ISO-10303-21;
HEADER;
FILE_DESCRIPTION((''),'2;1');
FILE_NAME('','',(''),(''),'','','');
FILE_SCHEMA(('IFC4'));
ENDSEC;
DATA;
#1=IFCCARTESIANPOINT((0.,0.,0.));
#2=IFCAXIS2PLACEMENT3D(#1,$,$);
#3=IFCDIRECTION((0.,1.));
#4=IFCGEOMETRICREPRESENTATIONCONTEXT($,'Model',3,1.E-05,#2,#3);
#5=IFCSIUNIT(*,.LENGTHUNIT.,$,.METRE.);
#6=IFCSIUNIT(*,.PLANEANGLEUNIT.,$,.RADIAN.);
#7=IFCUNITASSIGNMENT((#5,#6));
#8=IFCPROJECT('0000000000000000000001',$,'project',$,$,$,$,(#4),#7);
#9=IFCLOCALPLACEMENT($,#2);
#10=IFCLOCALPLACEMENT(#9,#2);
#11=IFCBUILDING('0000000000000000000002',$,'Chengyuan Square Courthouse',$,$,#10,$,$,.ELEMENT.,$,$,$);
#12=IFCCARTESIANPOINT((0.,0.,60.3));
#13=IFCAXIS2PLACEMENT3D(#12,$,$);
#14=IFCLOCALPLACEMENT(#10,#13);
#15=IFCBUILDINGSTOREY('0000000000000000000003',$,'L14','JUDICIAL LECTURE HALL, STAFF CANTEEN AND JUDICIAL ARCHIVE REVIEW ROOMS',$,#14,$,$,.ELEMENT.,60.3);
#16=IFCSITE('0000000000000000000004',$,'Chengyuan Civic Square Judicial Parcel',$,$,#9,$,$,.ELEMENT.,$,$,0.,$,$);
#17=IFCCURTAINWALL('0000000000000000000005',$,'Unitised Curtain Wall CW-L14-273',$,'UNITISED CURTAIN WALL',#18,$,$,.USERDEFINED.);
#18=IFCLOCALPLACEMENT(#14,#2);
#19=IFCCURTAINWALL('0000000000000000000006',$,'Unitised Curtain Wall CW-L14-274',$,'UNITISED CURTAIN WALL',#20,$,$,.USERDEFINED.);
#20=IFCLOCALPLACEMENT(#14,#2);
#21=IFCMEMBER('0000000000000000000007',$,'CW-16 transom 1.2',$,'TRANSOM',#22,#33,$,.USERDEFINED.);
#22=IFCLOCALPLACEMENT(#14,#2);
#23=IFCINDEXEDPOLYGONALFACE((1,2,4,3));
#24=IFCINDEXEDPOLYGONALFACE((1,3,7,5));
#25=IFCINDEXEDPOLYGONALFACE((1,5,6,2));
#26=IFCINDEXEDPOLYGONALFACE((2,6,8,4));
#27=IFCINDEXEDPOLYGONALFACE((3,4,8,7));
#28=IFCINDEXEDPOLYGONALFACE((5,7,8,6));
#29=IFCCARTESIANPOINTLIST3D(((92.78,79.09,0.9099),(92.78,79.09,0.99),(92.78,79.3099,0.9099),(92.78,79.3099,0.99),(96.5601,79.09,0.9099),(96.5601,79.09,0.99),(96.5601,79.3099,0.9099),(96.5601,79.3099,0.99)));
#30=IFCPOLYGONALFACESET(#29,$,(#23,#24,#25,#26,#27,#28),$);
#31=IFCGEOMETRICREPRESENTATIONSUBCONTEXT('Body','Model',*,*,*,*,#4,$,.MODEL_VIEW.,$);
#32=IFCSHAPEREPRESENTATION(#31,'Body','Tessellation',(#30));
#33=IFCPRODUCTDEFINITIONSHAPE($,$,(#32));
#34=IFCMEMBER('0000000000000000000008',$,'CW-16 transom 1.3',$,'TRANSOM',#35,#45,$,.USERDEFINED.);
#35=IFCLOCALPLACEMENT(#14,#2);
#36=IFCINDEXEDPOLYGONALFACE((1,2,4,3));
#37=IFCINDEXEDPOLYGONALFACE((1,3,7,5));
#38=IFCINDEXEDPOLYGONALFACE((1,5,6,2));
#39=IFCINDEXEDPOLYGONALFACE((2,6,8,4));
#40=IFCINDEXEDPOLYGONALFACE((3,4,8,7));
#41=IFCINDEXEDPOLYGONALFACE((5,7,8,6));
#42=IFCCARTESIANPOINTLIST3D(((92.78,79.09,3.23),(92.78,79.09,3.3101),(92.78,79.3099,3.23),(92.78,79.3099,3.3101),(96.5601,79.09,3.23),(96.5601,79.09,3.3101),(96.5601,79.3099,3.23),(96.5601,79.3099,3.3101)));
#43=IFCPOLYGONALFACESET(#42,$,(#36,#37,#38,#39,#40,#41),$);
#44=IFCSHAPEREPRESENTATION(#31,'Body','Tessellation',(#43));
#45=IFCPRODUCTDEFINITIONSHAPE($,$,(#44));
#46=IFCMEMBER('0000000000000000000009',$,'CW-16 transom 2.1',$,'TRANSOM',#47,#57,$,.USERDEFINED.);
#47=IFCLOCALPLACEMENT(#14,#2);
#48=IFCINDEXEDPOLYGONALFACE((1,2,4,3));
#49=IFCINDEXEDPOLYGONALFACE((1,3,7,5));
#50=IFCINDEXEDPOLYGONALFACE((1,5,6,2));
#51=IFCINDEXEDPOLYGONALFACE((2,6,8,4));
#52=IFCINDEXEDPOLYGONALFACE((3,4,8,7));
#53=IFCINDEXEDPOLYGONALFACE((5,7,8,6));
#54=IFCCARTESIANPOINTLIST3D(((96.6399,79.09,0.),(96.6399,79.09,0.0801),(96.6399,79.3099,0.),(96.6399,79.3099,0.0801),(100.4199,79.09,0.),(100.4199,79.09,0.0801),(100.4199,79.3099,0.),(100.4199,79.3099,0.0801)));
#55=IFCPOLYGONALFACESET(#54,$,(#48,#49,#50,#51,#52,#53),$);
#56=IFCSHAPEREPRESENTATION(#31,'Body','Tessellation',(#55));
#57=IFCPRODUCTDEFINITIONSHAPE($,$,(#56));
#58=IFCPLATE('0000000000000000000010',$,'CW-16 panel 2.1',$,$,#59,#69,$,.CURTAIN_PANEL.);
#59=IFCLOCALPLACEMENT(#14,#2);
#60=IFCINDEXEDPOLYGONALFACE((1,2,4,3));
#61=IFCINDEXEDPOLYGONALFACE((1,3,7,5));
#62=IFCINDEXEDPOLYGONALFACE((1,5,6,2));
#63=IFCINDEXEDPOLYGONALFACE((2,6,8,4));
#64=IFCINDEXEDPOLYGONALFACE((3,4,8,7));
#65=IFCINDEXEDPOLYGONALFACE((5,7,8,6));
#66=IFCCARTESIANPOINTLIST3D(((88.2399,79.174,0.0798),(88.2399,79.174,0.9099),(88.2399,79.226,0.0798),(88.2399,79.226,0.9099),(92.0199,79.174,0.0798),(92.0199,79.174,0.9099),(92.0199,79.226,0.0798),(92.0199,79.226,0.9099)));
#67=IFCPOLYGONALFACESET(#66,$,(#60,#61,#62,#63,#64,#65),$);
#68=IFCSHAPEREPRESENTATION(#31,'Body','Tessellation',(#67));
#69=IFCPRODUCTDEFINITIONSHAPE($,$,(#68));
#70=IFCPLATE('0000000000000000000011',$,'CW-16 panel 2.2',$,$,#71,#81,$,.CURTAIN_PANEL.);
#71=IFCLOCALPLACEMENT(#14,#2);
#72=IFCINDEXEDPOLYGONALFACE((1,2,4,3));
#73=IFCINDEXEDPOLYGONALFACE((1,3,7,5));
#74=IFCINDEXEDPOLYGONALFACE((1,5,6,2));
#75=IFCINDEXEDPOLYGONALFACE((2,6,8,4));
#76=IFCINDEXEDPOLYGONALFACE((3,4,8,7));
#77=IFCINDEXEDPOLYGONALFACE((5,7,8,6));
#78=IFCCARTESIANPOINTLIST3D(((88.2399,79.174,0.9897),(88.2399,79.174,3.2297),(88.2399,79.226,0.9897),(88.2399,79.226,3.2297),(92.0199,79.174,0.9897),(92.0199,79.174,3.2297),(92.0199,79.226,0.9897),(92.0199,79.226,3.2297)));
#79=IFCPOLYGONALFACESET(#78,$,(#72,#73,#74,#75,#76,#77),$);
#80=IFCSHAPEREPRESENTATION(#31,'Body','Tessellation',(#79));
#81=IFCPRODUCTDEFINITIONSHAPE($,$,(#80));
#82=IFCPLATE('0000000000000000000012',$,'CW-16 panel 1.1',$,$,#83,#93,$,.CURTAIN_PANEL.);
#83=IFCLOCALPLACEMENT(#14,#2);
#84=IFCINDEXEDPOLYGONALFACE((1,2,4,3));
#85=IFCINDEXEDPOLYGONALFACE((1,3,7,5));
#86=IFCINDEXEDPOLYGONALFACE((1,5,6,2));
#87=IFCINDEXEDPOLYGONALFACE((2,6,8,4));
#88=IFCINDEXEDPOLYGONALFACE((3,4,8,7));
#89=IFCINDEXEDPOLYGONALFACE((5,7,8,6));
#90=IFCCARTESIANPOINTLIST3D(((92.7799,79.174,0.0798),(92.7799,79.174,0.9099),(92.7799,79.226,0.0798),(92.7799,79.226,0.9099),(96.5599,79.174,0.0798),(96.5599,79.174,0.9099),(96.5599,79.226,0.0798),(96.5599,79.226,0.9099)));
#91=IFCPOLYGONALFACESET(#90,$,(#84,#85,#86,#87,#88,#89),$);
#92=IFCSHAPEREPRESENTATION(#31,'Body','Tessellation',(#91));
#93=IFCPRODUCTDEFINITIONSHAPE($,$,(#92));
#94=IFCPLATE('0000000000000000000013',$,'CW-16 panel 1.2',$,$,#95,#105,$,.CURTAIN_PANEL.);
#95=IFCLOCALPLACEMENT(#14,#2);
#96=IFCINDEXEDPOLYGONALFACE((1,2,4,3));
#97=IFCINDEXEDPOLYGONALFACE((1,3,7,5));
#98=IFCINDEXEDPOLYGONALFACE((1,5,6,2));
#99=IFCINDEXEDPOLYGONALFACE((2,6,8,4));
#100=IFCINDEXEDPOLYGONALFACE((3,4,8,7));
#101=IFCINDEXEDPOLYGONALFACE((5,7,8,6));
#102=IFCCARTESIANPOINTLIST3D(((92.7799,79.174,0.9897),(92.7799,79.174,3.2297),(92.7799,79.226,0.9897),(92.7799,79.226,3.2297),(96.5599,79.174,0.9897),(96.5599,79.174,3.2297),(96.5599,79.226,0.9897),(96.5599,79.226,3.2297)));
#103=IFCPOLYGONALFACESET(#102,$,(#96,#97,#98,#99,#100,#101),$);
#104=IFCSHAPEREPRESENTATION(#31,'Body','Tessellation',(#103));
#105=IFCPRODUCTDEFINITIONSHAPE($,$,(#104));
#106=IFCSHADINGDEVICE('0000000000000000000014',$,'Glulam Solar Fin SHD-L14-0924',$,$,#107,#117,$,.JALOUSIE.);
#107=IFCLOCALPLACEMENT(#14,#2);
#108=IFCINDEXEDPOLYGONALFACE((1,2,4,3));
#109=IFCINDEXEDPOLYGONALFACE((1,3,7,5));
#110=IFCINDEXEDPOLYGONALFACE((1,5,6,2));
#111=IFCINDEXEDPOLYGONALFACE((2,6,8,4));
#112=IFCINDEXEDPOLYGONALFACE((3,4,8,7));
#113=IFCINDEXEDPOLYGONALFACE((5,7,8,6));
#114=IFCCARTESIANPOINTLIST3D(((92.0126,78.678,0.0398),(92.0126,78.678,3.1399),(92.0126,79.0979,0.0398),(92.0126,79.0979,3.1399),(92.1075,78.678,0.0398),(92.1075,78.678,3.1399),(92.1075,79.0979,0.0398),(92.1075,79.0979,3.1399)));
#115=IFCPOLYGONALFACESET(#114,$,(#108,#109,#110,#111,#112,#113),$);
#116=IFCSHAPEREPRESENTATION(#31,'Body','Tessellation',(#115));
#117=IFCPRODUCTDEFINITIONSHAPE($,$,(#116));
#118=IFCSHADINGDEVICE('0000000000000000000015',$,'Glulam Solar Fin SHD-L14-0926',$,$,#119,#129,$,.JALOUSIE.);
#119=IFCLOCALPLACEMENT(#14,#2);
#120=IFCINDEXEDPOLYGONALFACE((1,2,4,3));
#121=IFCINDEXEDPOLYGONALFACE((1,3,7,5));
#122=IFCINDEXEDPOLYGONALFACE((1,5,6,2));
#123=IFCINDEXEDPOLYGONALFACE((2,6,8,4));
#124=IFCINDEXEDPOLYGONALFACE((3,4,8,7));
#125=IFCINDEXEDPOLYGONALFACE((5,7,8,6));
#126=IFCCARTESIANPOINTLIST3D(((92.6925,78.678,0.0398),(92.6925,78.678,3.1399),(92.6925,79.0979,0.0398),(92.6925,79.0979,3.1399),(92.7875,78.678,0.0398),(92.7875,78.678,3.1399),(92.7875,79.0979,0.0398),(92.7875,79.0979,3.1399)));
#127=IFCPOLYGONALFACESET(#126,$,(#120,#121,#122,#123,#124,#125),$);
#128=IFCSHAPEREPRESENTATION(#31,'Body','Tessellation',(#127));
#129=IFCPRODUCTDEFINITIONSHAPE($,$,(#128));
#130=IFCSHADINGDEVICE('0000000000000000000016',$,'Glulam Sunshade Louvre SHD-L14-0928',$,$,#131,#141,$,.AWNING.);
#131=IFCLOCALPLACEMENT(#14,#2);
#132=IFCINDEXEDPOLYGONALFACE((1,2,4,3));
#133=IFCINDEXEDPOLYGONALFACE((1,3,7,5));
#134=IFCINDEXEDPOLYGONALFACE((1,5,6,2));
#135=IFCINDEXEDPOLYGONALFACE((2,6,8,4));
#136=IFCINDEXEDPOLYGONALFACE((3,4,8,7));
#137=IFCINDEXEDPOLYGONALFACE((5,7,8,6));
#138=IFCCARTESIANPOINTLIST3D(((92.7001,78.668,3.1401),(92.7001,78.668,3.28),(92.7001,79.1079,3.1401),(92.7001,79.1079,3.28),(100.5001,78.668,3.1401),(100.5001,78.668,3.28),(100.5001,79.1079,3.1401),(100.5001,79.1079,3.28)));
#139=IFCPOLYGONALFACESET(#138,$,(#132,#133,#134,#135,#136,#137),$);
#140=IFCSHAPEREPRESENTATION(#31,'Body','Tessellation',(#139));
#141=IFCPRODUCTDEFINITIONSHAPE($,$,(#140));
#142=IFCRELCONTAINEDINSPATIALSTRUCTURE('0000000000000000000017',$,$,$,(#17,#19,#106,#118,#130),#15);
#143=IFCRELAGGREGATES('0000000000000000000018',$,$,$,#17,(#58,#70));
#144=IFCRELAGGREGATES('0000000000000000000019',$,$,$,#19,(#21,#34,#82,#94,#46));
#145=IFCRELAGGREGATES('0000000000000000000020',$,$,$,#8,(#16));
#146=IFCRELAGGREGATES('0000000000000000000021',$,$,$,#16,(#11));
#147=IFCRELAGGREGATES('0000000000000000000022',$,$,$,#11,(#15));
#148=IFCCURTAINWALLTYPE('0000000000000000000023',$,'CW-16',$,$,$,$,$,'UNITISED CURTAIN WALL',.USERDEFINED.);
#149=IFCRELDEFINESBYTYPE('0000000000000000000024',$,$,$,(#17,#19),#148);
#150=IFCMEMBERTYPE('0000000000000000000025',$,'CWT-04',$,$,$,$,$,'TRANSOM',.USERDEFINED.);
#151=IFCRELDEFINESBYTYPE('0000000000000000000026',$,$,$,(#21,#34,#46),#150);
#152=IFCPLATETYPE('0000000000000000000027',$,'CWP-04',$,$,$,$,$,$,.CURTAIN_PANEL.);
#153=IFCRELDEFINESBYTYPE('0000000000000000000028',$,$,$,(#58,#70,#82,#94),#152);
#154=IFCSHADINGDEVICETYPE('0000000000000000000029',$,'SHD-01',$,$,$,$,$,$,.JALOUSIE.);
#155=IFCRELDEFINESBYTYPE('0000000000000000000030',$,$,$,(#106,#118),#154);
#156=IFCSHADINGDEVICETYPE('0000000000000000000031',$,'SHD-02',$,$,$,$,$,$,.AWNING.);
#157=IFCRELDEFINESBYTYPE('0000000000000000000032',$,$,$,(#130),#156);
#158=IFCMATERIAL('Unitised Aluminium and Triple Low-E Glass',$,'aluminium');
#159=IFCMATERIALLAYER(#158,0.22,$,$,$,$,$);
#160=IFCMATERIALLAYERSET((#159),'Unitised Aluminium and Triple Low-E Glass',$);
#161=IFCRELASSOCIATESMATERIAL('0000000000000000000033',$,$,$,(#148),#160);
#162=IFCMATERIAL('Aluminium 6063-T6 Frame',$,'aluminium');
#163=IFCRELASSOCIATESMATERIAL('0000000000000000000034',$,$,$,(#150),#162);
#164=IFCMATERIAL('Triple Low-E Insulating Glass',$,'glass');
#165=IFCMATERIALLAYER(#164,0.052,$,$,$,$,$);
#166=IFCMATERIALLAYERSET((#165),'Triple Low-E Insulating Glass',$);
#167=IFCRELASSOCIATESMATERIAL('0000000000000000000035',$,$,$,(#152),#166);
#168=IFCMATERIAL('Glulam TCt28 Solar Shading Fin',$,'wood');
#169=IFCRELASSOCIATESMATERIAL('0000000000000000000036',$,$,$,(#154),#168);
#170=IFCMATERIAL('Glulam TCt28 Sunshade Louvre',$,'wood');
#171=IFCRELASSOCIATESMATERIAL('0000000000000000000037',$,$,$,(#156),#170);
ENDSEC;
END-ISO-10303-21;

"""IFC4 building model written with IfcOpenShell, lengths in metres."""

from ifc_helpers import new_model, si_unit, direction, frame, origin, origin_2d, place, context, subcontext, project, spatial, rectangle, extrude, material, layer, layer_set, material_profile, profile_set, type_object, element, aggregate, save


model = new_model("IFC4")

# Units and contexts
model_context = context("Model", 3, precision=1e-05, world=origin(), true_north=direction((0.0, 1.0)))
body_context = subcontext(model_context, "Body", "Model", "MODEL_VIEW")
ifc_project = project(units=[si_unit("LENGTHUNIT", "METRE"), si_unit("PLANEANGLEUNIT", "RADIAN")], contexts=[model_context])

# Site, building, storey
site_placement = place(None, origin())
site = spatial("IfcSite", under=ifc_project, at=site_placement, Name="Chengyuan Civic Square Judicial Parcel", CompositionType="ELEMENT", RefElevation=0.0)
building_placement = place(site_placement, origin())
building = spatial("IfcBuilding", under=site, at=building_placement, Name="Chengyuan Square Courthouse", CompositionType="ELEMENT")
storey_placement = place(building_placement, frame((0.0, 0.0, 60.3)))
storey = spatial("IfcBuildingStorey", under=building, at=storey_placement, Name="L14", Description="JUDICIAL LECTURE HALL, STAFF CANTEEN AND JUDICIAL ARCHIVE REVIEW ROOMS", CompositionType="ELEMENT", Elevation=60.3)

# Curtain wall
ifc_material_1 = material(Name="Unitised Aluminium and Triple Low-E Glass", Category="aluminium")
ifc_layer_1 = layer(ifc_material_1, 0.22)
ifc_layer_set_1 = layer_set([ifc_layer_1], Name="Unitised Aluminium and Triple Low-E Glass")
curtain_wall_type = type_object("IfcCurtainWallType", Name="CW-16", ElementType="UNITISED CURTAIN WALL", PredefinedType="USERDEFINED", material=ifc_layer_set_1)
curtain_wall_1_placement = place(storey_placement, origin())
curtain_wall_1 = element("IfcCurtainWall", 1, at=curtain_wall_1_placement, inside=storey, type_object=curtain_wall_type, Name="Unitised Curtain Wall CW-L14-273", ObjectType="UNITISED CURTAIN WALL", PredefinedType="USERDEFINED")
ifc_material_2 = material(Name="Aluminium 6063-T6 Frame", Category="aluminium")

# Curtain wall
curtain_wall_2_placement = place(storey_placement, origin())
curtain_wall_2 = element("IfcCurtainWall", 2, at=curtain_wall_2_placement, inside=storey, type_object=curtain_wall_type, Name="Unitised Curtain Wall CW-L14-274", ObjectType="UNITISED CURTAIN WALL", PredefinedType="USERDEFINED")

# Members
ifc_material_profile_1 = material_profile(ifc_material_2, rectangle(XDim=0.22, YDim=0.0801, at=origin_2d()), Name="CW-TRN-80x180")
ifc_profile_set_1 = profile_set([ifc_material_profile_1], Name="Aluminium 6063-T6 Frame")
member_type_1 = type_object("IfcMemberType", Name="CWT-04", ElementType="TRANSOM", PredefinedType="USERDEFINED", material=ifc_profile_set_1)
member_1_placement = place(storey_placement, frame((92.78, 79.2, 0.95), z_axis=(1.0, 0.0, 0.0), x_axis=(0.0, 1.0, 0.0)))
member_1 = element("IfcMember", 3, at=member_1_placement, type_object=member_type_1, Name="CW-16 transom 1.2", ObjectType="TRANSOM", PredefinedType="USERDEFINED", context=body_context, shape_type="SweptSolid", body=[
    extrude(rectangle(XDim=0.22, YDim=0.0801, at=origin_2d()), origin(), (0.0, 0.0, 1.0), 3.78),
])
member_2_placement = place(storey_placement, frame((92.78, 79.2, 3.27), z_axis=(1.0, 0.0, 0.0), x_axis=(0.0, 1.0, 0.0)))
member_2 = element("IfcMember", 4, at=member_2_placement, type_object=member_type_1, Name="CW-16 transom 1.3", ObjectType="TRANSOM", PredefinedType="USERDEFINED", context=body_context, shape_type="SweptSolid", body=[
    extrude(rectangle(XDim=0.22, YDim=0.0801, at=origin_2d()), origin(), (0.0, 0.0, 1.0), 3.78),
])
member_3_placement = place(storey_placement, frame((96.6399, 79.2, 0.04), z_axis=(1.0, 0.0, 0.0), x_axis=(0.0, 1.0, 0.0)))
member_3 = element("IfcMember", 5, at=member_3_placement, type_object=member_type_1, Name="CW-16 transom 2.1", ObjectType="TRANSOM", PredefinedType="USERDEFINED", context=body_context, shape_type="SweptSolid", body=[
    extrude(rectangle(XDim=0.22, YDim=0.0801, at=origin_2d()), origin(), (0.0, 0.0, 1.0), 3.78),
])

# Plates
ifc_material_3 = material(Name="Triple Low-E Insulating Glass", Category="glass")
ifc_layer_2 = layer(ifc_material_3, 0.052)
ifc_layer_set_2 = layer_set([ifc_layer_2], Name="Triple Low-E Insulating Glass")
plate_type = type_object("IfcPlateType", Name="CWP-04", PredefinedType="CURTAIN_PANEL", material=ifc_layer_set_2)
plate_1_placement = place(storey_placement, frame((90.1299, 79.2, 0.0798), z_axis=(0.0, 0.0, 1.0), x_axis=(1.0, 0.0, 0.0)))
plate_1 = element("IfcPlate", 6, at=plate_1_placement, type_object=plate_type, Name="CW-16 panel 2.1", PredefinedType="CURTAIN_PANEL", context=body_context, shape_type="SweptSolid", body=[
    extrude(rectangle(XDim=3.78, YDim=0.052, at=origin_2d()), origin(), (0.0, 0.0, 1.0), 0.8301),
])
plate_2_placement = place(storey_placement, frame((90.1299, 79.2, 0.9897), z_axis=(0.0, 0.0, 1.0), x_axis=(1.0, 0.0, 0.0)))
plate_2 = element("IfcPlate", 7, at=plate_2_placement, type_object=plate_type, Name="CW-16 panel 2.2", PredefinedType="CURTAIN_PANEL", context=body_context, shape_type="SweptSolid", body=[
    extrude(rectangle(XDim=3.78, YDim=0.052, at=origin_2d()), origin(), (0.0, 0.0, 1.0), 2.24),
])
aggregate(curtain_wall_1, [plate_1, plate_2])
plate_3_placement = place(storey_placement, frame((94.6699, 79.2, 0.0798), z_axis=(0.0, 0.0, 1.0), x_axis=(1.0, 0.0, 0.0)))
plate_3 = element("IfcPlate", 8, at=plate_3_placement, type_object=plate_type, Name="CW-16 panel 1.1", PredefinedType="CURTAIN_PANEL", context=body_context, shape_type="SweptSolid", body=[
    extrude(rectangle(XDim=3.78, YDim=0.052, at=origin_2d()), origin(), (0.0, 0.0, 1.0), 0.8301),
])
plate_4_placement = place(storey_placement, frame((94.6699, 79.2, 0.9897), z_axis=(0.0, 0.0, 1.0), x_axis=(1.0, 0.0, 0.0)))
plate_4 = element("IfcPlate", 9, at=plate_4_placement, type_object=plate_type, Name="CW-16 panel 1.2", PredefinedType="CURTAIN_PANEL", context=body_context, shape_type="SweptSolid", body=[
    extrude(rectangle(XDim=3.78, YDim=0.052, at=origin_2d()), origin(), (0.0, 0.0, 1.0), 2.24),
])
aggregate(curtain_wall_2, [member_1, member_2, plate_3, plate_4, member_3])

# Shading devices
ifc_material_4 = material(Name="Glulam TCt28 Solar Shading Fin", Category="wood")
shading_device_type_1 = type_object("IfcShadingDeviceType", Name="SHD-01", PredefinedType="JALOUSIE", material=ifc_material_4)
for number, where, z_axis, x_axis, name in (
    (10, (92.0601, 78.8879, 0.0398), (0.0, 0.0, 1.0), (0.0, 1.0, 0.0), "Glulam Solar Fin SHD-L14-0924"),
    (11, (92.74, 78.8879, 0.0398), (0.0, 0.0, 1.0), (0.0, 1.0, 0.0), "Glulam Solar Fin SHD-L14-0926"),
):
    element("IfcShadingDevice", number, at=place(storey_placement, frame(where, z_axis=z_axis, x_axis=x_axis)), inside=storey, type_object=shading_device_type_1, Name=name, PredefinedType="JALOUSIE", context=body_context, shape_type="SweptSolid", body=[
        extrude(rectangle(XDim=0.4199, YDim=0.095, at=origin_2d()), origin(), (0.0, 0.0, 1.0), 3.1001),
    ])
ifc_material_5 = material(Name="Glulam TCt28 Sunshade Louvre", Category="wood")
shading_device_type_2 = type_object("IfcShadingDeviceType", Name="SHD-02", PredefinedType="AWNING", material=ifc_material_5)
shading_device_placement = place(storey_placement, frame((96.6001, 78.8879, 3.1401), z_axis=(0.0, 0.0, 1.0), x_axis=(1.0, 0.0, 0.0)))
element("IfcShadingDevice", 12, at=shading_device_placement, inside=storey, type_object=shading_device_type_2, Name="Glulam Sunshade Louvre SHD-L14-0928", PredefinedType="AWNING", context=body_context, shape_type="SweptSolid", body=[
    extrude(rectangle(XDim=7.8, YDim=0.4399, at=origin_2d()), origin(), (0.0, 0.0, 1.0), 0.1399),
])

save(model, "model.ifc")
